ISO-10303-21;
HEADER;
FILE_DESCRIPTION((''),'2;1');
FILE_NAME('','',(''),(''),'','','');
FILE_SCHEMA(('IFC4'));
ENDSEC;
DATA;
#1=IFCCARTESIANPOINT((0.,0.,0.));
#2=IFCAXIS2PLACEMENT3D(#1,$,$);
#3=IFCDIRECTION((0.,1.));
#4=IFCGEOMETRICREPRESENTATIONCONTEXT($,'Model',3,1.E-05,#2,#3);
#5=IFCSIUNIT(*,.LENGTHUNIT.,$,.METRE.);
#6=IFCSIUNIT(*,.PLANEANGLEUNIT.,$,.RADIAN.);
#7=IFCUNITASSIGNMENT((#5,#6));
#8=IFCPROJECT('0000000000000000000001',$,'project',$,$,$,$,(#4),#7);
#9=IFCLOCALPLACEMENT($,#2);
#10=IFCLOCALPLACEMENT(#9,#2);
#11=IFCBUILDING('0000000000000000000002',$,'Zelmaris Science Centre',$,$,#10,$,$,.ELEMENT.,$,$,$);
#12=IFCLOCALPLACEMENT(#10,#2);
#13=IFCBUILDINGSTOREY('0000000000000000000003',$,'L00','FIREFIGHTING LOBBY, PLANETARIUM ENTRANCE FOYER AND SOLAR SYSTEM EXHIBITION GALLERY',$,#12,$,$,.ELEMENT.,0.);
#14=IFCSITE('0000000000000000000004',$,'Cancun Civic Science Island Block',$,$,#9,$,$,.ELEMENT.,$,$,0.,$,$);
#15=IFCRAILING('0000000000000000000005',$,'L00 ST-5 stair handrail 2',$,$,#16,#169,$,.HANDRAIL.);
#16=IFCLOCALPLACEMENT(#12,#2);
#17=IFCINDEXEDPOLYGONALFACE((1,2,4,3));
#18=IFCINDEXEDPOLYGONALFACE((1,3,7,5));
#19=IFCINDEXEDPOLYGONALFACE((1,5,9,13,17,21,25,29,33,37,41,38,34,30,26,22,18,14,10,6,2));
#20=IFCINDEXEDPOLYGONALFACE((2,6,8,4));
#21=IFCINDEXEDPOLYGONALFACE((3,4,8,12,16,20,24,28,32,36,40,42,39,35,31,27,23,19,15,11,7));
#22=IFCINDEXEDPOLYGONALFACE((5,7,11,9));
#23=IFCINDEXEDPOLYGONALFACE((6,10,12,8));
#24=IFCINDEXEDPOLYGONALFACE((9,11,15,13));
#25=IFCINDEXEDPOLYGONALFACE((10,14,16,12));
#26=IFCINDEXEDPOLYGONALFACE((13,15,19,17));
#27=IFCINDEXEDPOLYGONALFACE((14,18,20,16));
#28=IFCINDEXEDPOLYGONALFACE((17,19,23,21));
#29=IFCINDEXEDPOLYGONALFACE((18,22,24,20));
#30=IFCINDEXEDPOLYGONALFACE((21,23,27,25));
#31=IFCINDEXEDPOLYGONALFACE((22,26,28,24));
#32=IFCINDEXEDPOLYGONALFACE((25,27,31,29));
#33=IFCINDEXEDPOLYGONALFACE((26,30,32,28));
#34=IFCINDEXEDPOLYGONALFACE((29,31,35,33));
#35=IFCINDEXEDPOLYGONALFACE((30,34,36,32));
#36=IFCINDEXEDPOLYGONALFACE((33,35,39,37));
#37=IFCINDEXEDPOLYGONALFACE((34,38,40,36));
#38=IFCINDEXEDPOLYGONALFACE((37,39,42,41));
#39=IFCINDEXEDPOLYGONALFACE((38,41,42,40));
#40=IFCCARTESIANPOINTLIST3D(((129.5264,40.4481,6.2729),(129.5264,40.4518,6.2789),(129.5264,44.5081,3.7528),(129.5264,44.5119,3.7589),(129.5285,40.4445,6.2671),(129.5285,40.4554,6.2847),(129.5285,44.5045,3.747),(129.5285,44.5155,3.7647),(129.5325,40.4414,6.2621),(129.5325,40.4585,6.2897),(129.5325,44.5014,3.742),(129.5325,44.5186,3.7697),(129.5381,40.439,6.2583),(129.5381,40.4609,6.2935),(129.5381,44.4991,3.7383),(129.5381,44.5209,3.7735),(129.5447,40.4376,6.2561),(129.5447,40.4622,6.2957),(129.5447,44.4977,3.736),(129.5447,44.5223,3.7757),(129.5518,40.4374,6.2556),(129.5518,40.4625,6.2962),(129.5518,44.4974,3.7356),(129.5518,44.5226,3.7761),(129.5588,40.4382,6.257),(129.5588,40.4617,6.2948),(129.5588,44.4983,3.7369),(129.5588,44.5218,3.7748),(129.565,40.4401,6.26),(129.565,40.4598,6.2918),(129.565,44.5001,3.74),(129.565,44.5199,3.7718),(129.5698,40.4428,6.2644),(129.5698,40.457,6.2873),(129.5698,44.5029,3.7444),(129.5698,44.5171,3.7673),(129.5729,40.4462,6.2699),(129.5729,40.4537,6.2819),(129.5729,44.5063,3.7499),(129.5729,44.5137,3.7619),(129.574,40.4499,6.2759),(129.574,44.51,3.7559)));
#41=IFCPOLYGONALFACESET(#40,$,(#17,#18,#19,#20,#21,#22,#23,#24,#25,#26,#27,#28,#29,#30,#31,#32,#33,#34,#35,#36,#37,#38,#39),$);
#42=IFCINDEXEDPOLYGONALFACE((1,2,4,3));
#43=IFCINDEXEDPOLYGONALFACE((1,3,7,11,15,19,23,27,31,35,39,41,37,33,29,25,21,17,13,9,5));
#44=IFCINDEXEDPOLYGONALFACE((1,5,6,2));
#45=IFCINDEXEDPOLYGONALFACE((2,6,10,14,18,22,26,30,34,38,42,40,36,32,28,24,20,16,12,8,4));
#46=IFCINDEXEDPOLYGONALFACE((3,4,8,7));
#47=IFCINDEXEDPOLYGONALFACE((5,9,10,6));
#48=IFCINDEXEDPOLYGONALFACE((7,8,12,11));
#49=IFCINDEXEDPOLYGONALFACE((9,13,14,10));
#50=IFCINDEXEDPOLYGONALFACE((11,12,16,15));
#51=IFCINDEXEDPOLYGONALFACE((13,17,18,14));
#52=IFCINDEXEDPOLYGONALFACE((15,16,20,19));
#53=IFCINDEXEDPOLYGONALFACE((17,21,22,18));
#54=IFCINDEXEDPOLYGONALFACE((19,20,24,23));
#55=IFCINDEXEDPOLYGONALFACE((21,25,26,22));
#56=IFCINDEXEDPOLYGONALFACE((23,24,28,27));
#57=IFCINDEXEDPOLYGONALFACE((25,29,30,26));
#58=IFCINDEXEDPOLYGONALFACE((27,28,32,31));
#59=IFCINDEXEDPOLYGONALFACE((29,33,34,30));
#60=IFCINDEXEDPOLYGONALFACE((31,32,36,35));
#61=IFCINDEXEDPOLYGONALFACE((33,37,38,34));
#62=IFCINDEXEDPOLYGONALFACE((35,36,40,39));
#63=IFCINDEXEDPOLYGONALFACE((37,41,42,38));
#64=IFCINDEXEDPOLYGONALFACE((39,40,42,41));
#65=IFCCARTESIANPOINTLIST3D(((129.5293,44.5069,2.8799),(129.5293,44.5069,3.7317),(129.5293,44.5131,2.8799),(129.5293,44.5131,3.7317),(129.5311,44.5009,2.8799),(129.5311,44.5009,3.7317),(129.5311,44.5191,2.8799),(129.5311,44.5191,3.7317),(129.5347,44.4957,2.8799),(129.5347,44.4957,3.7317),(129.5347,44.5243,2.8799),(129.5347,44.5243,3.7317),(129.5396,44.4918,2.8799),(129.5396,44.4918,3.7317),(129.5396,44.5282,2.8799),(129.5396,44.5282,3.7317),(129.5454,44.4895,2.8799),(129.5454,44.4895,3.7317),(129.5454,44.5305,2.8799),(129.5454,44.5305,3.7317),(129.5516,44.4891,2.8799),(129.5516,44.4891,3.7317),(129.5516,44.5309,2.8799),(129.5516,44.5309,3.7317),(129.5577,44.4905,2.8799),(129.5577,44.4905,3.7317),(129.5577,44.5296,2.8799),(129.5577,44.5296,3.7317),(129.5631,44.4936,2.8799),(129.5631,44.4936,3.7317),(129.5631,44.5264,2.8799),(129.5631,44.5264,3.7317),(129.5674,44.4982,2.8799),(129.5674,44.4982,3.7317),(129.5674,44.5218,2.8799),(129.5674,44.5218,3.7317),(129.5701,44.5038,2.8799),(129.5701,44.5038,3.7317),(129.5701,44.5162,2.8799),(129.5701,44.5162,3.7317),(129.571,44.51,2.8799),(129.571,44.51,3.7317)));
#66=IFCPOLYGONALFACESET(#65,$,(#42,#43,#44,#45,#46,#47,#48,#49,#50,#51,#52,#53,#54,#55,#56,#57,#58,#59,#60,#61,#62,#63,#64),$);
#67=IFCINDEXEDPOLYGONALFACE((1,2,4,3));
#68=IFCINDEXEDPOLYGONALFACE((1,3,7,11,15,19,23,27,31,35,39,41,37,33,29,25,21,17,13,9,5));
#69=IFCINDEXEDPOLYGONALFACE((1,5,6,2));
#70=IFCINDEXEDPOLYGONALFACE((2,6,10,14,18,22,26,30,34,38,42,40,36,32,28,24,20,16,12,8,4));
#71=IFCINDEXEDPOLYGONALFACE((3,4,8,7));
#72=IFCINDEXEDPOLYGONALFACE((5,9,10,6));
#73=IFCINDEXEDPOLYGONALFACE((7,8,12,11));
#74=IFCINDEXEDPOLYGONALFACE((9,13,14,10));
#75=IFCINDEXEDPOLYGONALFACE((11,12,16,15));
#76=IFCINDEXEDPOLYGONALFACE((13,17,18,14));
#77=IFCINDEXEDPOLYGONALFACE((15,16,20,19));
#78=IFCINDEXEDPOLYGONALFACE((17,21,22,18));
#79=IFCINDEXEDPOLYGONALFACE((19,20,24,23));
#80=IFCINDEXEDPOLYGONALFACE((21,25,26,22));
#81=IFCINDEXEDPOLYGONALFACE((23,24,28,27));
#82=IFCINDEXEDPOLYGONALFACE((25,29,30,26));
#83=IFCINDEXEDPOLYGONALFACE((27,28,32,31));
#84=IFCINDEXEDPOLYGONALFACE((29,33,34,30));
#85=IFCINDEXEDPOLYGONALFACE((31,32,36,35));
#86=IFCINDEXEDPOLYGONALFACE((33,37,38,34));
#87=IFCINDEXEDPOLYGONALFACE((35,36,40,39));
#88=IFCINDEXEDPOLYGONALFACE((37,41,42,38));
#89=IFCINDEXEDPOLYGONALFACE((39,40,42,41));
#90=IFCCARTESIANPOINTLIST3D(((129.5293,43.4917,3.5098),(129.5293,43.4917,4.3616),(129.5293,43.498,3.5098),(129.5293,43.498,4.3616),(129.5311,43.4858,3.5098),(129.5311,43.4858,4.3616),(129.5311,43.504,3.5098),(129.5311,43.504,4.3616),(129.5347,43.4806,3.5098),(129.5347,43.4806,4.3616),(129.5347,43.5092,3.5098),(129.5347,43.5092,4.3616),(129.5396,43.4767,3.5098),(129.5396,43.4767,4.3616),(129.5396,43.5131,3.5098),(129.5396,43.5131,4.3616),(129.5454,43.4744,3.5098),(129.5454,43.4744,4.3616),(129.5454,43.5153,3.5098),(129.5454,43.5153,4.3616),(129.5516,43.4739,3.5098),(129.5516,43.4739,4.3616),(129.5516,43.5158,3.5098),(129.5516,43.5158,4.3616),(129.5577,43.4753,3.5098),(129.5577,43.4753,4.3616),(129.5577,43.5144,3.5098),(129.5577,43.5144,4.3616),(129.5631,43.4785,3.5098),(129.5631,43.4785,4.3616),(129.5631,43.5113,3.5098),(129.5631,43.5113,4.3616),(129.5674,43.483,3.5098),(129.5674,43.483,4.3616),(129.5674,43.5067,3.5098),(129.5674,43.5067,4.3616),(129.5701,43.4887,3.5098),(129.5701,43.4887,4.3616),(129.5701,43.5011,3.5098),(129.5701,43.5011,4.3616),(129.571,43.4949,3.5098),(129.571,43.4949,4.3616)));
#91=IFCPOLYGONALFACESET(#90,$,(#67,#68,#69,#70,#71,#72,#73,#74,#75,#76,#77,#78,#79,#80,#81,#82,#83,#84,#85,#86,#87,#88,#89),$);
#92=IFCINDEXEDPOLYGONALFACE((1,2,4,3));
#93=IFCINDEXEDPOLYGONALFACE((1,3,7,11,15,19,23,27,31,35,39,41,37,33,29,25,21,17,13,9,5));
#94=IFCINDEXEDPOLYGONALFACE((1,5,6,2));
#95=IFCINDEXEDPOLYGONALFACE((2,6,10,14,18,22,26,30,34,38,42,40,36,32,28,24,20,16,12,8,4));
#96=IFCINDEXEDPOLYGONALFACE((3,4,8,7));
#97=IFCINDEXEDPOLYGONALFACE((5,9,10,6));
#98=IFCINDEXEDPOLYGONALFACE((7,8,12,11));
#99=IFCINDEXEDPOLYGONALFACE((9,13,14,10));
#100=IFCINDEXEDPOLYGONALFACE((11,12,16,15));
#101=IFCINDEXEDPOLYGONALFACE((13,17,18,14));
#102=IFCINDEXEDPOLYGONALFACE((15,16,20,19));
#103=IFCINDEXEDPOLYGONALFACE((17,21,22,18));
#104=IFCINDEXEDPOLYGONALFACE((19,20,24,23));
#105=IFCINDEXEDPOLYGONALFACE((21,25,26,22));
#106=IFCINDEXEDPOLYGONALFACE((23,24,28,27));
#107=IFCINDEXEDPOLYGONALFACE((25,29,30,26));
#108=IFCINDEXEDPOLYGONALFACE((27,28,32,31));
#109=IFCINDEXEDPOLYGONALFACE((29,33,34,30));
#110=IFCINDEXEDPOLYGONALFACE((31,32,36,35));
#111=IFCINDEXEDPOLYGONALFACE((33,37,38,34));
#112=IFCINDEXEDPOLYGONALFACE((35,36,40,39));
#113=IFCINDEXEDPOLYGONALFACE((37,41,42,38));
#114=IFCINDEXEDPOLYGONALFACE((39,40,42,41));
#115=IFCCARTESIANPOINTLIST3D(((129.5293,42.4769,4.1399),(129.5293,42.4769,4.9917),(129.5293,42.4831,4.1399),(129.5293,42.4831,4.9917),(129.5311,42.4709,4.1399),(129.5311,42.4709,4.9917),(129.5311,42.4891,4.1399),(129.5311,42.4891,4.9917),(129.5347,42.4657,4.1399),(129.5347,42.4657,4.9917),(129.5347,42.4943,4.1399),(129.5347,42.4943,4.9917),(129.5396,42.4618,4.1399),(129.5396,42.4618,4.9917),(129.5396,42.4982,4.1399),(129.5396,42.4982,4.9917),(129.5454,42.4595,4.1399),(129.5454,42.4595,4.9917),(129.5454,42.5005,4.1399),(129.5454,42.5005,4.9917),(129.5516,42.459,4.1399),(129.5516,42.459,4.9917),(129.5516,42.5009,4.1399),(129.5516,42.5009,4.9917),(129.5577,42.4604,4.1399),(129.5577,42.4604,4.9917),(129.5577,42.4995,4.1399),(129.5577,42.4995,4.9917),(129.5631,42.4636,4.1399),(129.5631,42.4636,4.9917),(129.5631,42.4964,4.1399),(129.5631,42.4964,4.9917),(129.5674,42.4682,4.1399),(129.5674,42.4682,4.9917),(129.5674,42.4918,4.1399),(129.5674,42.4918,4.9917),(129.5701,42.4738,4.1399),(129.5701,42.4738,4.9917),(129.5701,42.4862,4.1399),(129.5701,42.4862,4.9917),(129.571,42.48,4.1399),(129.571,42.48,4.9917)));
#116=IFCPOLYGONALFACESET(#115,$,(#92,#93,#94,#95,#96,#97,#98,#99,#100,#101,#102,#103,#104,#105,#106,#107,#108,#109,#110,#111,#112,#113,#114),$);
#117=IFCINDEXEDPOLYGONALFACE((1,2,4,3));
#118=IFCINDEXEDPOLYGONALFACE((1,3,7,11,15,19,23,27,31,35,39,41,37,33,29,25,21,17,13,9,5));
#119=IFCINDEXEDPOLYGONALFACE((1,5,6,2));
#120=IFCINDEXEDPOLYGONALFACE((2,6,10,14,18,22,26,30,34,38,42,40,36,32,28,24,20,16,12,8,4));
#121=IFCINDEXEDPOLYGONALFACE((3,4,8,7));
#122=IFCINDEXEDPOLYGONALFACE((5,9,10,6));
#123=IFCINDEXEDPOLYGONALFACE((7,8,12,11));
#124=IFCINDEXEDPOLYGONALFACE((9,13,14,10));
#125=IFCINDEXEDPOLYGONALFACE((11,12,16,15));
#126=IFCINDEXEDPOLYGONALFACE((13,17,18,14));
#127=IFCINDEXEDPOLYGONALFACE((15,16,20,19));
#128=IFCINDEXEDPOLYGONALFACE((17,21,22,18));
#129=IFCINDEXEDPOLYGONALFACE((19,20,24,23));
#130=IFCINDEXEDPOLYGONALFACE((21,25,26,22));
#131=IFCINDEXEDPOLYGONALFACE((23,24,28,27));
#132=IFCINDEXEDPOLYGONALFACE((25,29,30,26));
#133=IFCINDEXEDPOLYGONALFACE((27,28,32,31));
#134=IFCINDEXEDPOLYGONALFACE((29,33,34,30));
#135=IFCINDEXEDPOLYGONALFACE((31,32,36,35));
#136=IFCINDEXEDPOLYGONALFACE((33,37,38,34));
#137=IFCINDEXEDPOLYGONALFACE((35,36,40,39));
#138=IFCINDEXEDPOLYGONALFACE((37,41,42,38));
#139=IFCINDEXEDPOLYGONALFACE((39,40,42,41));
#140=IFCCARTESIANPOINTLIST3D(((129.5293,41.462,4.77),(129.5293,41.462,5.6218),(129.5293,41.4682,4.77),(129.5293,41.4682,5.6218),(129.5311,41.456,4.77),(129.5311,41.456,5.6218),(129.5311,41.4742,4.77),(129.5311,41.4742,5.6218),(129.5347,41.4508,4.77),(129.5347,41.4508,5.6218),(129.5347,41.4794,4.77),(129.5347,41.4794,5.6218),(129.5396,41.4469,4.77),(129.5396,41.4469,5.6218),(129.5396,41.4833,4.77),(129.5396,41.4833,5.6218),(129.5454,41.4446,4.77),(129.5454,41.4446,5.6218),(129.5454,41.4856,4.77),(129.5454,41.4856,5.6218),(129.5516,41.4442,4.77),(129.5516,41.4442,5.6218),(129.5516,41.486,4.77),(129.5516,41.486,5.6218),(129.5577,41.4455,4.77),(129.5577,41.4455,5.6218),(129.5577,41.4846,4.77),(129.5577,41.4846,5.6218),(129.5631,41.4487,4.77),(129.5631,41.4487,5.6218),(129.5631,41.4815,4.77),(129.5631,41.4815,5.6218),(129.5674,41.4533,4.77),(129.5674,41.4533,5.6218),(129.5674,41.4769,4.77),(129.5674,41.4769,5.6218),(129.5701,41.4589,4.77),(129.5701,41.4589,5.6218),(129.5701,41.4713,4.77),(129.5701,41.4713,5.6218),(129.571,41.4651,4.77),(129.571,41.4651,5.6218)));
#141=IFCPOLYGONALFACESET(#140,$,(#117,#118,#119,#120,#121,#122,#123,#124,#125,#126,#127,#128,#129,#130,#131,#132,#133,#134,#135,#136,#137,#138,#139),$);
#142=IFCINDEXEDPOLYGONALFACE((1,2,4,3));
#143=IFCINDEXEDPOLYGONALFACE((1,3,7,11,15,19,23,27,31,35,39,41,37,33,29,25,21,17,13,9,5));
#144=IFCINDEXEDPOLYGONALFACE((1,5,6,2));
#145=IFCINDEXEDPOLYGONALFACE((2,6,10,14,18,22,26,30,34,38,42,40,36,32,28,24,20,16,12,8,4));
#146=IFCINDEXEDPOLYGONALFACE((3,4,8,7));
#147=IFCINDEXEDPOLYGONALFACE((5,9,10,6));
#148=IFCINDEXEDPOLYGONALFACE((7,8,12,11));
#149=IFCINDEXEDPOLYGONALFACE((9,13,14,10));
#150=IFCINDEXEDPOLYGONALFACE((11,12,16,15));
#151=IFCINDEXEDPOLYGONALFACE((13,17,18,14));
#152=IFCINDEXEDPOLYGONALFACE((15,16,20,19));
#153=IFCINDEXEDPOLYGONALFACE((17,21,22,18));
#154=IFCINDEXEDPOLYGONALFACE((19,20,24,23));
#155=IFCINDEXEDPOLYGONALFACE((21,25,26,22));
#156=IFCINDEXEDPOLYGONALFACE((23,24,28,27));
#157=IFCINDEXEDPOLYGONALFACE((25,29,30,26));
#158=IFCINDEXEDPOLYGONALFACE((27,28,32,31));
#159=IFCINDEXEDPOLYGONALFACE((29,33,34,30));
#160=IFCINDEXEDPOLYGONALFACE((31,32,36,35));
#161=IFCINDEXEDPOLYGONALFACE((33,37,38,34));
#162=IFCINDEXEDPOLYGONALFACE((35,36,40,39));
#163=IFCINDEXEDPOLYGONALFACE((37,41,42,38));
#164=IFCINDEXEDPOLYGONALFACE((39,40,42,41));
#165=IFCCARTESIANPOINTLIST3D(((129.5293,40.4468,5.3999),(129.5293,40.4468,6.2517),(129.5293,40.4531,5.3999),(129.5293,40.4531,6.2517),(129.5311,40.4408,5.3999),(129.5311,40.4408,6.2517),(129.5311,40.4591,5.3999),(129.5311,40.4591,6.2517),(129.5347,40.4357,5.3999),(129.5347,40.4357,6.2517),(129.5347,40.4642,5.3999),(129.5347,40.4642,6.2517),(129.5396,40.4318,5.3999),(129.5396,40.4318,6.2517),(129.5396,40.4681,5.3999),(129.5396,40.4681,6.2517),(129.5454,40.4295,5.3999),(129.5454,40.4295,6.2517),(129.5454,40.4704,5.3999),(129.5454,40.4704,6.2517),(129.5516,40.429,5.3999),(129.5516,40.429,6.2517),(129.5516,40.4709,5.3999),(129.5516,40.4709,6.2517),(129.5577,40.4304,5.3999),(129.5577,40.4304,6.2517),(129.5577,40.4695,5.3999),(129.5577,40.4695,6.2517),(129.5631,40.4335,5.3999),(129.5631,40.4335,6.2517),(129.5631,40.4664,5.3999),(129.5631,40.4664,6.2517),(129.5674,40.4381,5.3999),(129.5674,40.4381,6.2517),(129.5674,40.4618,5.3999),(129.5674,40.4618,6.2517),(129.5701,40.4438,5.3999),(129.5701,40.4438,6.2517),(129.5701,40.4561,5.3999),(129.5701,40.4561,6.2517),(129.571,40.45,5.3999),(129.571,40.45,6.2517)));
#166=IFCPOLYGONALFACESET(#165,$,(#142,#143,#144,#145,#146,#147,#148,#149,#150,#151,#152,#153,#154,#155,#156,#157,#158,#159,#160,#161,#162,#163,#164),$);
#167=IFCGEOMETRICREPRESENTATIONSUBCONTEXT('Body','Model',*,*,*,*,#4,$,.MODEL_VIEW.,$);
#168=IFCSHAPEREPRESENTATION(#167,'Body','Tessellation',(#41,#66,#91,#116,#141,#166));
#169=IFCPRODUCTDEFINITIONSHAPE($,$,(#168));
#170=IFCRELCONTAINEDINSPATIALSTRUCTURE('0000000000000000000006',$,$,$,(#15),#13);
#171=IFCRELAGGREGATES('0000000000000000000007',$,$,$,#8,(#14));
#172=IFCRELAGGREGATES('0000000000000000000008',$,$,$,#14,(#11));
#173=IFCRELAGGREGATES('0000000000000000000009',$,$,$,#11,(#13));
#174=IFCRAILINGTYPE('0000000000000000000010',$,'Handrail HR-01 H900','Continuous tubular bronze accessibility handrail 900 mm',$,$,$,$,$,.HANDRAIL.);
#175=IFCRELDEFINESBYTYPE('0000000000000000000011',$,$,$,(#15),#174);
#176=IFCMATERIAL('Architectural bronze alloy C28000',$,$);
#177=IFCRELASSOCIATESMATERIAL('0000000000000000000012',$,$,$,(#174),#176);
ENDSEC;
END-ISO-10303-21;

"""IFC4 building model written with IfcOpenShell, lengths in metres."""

from ifc_helpers import new_model, si_unit, direction, frame, origin, origin_2d, place, context, subcontext, project, spatial, circle, extrude, material, type_object, element, save


model = new_model("IFC4")

# Units and contexts
model_context = context("Model", 3, precision=1e-05, world=origin(), true_north=direction((0.0, 1.0)))
body_context = subcontext(model_context, "Body", "Model", "MODEL_VIEW")
ifc_project = project(units=[si_unit("LENGTHUNIT", "METRE"), si_unit("PLANEANGLEUNIT", "RADIAN")], contexts=[model_context])

# Site, building, storey
site_placement = place(None, origin())
site = spatial("IfcSite", under=ifc_project, at=site_placement, Name="Cancun Civic Science Island Block", CompositionType="ELEMENT", RefElevation=0.0)
building_placement = place(site_placement, origin())
building = spatial("IfcBuilding", under=site, at=building_placement, Name="Zelmaris Science Centre", CompositionType="ELEMENT")
storey_placement = place(building_placement, origin())
storey = spatial("IfcBuildingStorey", under=building, at=storey_placement, Name="L00", Description="FIREFIGHTING LOBBY, PLANETARIUM ENTRANCE FOYER AND SOLAR SYSTEM EXHIBITION GALLERY", CompositionType="ELEMENT", Elevation=0.0)

# Railing
ifc_material_1 = material(Name="Architectural bronze alloy C28000")
railing_type_1 = type_object("IfcRailingType", Name="Handrail HR-01 H900", Description="Continuous tubular bronze accessibility handrail 900 mm", PredefinedType="HANDRAIL", material=ifc_material_1)
railing_1_placement = place(storey_placement, frame((129.55, 44.51, 2.8799)))
element("IfcRailing", 1, at=railing_1_placement, inside=storey, type_object=railing_type_1, Name="L00 ST-5 stair handrail 2", PredefinedType="HANDRAIL", context=body_context, shape_type="SweptSolid", body=[
    extrude(circle(Radius=0.0239, at=origin_2d()), frame((0.0, 0.0, 0.876), z_axis=(0.0, -0.849642, 0.52736), x_axis=(1.0, 0.0, 0.0)), (0.0, 0.0, 1.0), 4.7786),
    extrude(circle(Radius=0.021, at=origin_2d()), origin(), (0.0, 0.0, 1.0), 0.8518),
    extrude(circle(Radius=0.021, at=origin_2d()), frame((0.0, -1.0151, 0.6299)), (0.0, 0.0, 1.0), 0.8518),
    extrude(circle(Radius=0.021, at=origin_2d()), frame((0.0, -2.03, 1.26)), (0.0, 0.0, 1.0), 0.8518),
    extrude(circle(Radius=0.021, at=origin_2d()), frame((0.0, -3.0449, 1.8901)), (0.0, 0.0, 1.0), 0.8518),
    extrude(circle(Radius=0.021, at=origin_2d()), frame((0.0, -4.0601, 2.52)), (0.0, 0.0, 1.0), 0.8518),
])

save(model, "model.ifc")
